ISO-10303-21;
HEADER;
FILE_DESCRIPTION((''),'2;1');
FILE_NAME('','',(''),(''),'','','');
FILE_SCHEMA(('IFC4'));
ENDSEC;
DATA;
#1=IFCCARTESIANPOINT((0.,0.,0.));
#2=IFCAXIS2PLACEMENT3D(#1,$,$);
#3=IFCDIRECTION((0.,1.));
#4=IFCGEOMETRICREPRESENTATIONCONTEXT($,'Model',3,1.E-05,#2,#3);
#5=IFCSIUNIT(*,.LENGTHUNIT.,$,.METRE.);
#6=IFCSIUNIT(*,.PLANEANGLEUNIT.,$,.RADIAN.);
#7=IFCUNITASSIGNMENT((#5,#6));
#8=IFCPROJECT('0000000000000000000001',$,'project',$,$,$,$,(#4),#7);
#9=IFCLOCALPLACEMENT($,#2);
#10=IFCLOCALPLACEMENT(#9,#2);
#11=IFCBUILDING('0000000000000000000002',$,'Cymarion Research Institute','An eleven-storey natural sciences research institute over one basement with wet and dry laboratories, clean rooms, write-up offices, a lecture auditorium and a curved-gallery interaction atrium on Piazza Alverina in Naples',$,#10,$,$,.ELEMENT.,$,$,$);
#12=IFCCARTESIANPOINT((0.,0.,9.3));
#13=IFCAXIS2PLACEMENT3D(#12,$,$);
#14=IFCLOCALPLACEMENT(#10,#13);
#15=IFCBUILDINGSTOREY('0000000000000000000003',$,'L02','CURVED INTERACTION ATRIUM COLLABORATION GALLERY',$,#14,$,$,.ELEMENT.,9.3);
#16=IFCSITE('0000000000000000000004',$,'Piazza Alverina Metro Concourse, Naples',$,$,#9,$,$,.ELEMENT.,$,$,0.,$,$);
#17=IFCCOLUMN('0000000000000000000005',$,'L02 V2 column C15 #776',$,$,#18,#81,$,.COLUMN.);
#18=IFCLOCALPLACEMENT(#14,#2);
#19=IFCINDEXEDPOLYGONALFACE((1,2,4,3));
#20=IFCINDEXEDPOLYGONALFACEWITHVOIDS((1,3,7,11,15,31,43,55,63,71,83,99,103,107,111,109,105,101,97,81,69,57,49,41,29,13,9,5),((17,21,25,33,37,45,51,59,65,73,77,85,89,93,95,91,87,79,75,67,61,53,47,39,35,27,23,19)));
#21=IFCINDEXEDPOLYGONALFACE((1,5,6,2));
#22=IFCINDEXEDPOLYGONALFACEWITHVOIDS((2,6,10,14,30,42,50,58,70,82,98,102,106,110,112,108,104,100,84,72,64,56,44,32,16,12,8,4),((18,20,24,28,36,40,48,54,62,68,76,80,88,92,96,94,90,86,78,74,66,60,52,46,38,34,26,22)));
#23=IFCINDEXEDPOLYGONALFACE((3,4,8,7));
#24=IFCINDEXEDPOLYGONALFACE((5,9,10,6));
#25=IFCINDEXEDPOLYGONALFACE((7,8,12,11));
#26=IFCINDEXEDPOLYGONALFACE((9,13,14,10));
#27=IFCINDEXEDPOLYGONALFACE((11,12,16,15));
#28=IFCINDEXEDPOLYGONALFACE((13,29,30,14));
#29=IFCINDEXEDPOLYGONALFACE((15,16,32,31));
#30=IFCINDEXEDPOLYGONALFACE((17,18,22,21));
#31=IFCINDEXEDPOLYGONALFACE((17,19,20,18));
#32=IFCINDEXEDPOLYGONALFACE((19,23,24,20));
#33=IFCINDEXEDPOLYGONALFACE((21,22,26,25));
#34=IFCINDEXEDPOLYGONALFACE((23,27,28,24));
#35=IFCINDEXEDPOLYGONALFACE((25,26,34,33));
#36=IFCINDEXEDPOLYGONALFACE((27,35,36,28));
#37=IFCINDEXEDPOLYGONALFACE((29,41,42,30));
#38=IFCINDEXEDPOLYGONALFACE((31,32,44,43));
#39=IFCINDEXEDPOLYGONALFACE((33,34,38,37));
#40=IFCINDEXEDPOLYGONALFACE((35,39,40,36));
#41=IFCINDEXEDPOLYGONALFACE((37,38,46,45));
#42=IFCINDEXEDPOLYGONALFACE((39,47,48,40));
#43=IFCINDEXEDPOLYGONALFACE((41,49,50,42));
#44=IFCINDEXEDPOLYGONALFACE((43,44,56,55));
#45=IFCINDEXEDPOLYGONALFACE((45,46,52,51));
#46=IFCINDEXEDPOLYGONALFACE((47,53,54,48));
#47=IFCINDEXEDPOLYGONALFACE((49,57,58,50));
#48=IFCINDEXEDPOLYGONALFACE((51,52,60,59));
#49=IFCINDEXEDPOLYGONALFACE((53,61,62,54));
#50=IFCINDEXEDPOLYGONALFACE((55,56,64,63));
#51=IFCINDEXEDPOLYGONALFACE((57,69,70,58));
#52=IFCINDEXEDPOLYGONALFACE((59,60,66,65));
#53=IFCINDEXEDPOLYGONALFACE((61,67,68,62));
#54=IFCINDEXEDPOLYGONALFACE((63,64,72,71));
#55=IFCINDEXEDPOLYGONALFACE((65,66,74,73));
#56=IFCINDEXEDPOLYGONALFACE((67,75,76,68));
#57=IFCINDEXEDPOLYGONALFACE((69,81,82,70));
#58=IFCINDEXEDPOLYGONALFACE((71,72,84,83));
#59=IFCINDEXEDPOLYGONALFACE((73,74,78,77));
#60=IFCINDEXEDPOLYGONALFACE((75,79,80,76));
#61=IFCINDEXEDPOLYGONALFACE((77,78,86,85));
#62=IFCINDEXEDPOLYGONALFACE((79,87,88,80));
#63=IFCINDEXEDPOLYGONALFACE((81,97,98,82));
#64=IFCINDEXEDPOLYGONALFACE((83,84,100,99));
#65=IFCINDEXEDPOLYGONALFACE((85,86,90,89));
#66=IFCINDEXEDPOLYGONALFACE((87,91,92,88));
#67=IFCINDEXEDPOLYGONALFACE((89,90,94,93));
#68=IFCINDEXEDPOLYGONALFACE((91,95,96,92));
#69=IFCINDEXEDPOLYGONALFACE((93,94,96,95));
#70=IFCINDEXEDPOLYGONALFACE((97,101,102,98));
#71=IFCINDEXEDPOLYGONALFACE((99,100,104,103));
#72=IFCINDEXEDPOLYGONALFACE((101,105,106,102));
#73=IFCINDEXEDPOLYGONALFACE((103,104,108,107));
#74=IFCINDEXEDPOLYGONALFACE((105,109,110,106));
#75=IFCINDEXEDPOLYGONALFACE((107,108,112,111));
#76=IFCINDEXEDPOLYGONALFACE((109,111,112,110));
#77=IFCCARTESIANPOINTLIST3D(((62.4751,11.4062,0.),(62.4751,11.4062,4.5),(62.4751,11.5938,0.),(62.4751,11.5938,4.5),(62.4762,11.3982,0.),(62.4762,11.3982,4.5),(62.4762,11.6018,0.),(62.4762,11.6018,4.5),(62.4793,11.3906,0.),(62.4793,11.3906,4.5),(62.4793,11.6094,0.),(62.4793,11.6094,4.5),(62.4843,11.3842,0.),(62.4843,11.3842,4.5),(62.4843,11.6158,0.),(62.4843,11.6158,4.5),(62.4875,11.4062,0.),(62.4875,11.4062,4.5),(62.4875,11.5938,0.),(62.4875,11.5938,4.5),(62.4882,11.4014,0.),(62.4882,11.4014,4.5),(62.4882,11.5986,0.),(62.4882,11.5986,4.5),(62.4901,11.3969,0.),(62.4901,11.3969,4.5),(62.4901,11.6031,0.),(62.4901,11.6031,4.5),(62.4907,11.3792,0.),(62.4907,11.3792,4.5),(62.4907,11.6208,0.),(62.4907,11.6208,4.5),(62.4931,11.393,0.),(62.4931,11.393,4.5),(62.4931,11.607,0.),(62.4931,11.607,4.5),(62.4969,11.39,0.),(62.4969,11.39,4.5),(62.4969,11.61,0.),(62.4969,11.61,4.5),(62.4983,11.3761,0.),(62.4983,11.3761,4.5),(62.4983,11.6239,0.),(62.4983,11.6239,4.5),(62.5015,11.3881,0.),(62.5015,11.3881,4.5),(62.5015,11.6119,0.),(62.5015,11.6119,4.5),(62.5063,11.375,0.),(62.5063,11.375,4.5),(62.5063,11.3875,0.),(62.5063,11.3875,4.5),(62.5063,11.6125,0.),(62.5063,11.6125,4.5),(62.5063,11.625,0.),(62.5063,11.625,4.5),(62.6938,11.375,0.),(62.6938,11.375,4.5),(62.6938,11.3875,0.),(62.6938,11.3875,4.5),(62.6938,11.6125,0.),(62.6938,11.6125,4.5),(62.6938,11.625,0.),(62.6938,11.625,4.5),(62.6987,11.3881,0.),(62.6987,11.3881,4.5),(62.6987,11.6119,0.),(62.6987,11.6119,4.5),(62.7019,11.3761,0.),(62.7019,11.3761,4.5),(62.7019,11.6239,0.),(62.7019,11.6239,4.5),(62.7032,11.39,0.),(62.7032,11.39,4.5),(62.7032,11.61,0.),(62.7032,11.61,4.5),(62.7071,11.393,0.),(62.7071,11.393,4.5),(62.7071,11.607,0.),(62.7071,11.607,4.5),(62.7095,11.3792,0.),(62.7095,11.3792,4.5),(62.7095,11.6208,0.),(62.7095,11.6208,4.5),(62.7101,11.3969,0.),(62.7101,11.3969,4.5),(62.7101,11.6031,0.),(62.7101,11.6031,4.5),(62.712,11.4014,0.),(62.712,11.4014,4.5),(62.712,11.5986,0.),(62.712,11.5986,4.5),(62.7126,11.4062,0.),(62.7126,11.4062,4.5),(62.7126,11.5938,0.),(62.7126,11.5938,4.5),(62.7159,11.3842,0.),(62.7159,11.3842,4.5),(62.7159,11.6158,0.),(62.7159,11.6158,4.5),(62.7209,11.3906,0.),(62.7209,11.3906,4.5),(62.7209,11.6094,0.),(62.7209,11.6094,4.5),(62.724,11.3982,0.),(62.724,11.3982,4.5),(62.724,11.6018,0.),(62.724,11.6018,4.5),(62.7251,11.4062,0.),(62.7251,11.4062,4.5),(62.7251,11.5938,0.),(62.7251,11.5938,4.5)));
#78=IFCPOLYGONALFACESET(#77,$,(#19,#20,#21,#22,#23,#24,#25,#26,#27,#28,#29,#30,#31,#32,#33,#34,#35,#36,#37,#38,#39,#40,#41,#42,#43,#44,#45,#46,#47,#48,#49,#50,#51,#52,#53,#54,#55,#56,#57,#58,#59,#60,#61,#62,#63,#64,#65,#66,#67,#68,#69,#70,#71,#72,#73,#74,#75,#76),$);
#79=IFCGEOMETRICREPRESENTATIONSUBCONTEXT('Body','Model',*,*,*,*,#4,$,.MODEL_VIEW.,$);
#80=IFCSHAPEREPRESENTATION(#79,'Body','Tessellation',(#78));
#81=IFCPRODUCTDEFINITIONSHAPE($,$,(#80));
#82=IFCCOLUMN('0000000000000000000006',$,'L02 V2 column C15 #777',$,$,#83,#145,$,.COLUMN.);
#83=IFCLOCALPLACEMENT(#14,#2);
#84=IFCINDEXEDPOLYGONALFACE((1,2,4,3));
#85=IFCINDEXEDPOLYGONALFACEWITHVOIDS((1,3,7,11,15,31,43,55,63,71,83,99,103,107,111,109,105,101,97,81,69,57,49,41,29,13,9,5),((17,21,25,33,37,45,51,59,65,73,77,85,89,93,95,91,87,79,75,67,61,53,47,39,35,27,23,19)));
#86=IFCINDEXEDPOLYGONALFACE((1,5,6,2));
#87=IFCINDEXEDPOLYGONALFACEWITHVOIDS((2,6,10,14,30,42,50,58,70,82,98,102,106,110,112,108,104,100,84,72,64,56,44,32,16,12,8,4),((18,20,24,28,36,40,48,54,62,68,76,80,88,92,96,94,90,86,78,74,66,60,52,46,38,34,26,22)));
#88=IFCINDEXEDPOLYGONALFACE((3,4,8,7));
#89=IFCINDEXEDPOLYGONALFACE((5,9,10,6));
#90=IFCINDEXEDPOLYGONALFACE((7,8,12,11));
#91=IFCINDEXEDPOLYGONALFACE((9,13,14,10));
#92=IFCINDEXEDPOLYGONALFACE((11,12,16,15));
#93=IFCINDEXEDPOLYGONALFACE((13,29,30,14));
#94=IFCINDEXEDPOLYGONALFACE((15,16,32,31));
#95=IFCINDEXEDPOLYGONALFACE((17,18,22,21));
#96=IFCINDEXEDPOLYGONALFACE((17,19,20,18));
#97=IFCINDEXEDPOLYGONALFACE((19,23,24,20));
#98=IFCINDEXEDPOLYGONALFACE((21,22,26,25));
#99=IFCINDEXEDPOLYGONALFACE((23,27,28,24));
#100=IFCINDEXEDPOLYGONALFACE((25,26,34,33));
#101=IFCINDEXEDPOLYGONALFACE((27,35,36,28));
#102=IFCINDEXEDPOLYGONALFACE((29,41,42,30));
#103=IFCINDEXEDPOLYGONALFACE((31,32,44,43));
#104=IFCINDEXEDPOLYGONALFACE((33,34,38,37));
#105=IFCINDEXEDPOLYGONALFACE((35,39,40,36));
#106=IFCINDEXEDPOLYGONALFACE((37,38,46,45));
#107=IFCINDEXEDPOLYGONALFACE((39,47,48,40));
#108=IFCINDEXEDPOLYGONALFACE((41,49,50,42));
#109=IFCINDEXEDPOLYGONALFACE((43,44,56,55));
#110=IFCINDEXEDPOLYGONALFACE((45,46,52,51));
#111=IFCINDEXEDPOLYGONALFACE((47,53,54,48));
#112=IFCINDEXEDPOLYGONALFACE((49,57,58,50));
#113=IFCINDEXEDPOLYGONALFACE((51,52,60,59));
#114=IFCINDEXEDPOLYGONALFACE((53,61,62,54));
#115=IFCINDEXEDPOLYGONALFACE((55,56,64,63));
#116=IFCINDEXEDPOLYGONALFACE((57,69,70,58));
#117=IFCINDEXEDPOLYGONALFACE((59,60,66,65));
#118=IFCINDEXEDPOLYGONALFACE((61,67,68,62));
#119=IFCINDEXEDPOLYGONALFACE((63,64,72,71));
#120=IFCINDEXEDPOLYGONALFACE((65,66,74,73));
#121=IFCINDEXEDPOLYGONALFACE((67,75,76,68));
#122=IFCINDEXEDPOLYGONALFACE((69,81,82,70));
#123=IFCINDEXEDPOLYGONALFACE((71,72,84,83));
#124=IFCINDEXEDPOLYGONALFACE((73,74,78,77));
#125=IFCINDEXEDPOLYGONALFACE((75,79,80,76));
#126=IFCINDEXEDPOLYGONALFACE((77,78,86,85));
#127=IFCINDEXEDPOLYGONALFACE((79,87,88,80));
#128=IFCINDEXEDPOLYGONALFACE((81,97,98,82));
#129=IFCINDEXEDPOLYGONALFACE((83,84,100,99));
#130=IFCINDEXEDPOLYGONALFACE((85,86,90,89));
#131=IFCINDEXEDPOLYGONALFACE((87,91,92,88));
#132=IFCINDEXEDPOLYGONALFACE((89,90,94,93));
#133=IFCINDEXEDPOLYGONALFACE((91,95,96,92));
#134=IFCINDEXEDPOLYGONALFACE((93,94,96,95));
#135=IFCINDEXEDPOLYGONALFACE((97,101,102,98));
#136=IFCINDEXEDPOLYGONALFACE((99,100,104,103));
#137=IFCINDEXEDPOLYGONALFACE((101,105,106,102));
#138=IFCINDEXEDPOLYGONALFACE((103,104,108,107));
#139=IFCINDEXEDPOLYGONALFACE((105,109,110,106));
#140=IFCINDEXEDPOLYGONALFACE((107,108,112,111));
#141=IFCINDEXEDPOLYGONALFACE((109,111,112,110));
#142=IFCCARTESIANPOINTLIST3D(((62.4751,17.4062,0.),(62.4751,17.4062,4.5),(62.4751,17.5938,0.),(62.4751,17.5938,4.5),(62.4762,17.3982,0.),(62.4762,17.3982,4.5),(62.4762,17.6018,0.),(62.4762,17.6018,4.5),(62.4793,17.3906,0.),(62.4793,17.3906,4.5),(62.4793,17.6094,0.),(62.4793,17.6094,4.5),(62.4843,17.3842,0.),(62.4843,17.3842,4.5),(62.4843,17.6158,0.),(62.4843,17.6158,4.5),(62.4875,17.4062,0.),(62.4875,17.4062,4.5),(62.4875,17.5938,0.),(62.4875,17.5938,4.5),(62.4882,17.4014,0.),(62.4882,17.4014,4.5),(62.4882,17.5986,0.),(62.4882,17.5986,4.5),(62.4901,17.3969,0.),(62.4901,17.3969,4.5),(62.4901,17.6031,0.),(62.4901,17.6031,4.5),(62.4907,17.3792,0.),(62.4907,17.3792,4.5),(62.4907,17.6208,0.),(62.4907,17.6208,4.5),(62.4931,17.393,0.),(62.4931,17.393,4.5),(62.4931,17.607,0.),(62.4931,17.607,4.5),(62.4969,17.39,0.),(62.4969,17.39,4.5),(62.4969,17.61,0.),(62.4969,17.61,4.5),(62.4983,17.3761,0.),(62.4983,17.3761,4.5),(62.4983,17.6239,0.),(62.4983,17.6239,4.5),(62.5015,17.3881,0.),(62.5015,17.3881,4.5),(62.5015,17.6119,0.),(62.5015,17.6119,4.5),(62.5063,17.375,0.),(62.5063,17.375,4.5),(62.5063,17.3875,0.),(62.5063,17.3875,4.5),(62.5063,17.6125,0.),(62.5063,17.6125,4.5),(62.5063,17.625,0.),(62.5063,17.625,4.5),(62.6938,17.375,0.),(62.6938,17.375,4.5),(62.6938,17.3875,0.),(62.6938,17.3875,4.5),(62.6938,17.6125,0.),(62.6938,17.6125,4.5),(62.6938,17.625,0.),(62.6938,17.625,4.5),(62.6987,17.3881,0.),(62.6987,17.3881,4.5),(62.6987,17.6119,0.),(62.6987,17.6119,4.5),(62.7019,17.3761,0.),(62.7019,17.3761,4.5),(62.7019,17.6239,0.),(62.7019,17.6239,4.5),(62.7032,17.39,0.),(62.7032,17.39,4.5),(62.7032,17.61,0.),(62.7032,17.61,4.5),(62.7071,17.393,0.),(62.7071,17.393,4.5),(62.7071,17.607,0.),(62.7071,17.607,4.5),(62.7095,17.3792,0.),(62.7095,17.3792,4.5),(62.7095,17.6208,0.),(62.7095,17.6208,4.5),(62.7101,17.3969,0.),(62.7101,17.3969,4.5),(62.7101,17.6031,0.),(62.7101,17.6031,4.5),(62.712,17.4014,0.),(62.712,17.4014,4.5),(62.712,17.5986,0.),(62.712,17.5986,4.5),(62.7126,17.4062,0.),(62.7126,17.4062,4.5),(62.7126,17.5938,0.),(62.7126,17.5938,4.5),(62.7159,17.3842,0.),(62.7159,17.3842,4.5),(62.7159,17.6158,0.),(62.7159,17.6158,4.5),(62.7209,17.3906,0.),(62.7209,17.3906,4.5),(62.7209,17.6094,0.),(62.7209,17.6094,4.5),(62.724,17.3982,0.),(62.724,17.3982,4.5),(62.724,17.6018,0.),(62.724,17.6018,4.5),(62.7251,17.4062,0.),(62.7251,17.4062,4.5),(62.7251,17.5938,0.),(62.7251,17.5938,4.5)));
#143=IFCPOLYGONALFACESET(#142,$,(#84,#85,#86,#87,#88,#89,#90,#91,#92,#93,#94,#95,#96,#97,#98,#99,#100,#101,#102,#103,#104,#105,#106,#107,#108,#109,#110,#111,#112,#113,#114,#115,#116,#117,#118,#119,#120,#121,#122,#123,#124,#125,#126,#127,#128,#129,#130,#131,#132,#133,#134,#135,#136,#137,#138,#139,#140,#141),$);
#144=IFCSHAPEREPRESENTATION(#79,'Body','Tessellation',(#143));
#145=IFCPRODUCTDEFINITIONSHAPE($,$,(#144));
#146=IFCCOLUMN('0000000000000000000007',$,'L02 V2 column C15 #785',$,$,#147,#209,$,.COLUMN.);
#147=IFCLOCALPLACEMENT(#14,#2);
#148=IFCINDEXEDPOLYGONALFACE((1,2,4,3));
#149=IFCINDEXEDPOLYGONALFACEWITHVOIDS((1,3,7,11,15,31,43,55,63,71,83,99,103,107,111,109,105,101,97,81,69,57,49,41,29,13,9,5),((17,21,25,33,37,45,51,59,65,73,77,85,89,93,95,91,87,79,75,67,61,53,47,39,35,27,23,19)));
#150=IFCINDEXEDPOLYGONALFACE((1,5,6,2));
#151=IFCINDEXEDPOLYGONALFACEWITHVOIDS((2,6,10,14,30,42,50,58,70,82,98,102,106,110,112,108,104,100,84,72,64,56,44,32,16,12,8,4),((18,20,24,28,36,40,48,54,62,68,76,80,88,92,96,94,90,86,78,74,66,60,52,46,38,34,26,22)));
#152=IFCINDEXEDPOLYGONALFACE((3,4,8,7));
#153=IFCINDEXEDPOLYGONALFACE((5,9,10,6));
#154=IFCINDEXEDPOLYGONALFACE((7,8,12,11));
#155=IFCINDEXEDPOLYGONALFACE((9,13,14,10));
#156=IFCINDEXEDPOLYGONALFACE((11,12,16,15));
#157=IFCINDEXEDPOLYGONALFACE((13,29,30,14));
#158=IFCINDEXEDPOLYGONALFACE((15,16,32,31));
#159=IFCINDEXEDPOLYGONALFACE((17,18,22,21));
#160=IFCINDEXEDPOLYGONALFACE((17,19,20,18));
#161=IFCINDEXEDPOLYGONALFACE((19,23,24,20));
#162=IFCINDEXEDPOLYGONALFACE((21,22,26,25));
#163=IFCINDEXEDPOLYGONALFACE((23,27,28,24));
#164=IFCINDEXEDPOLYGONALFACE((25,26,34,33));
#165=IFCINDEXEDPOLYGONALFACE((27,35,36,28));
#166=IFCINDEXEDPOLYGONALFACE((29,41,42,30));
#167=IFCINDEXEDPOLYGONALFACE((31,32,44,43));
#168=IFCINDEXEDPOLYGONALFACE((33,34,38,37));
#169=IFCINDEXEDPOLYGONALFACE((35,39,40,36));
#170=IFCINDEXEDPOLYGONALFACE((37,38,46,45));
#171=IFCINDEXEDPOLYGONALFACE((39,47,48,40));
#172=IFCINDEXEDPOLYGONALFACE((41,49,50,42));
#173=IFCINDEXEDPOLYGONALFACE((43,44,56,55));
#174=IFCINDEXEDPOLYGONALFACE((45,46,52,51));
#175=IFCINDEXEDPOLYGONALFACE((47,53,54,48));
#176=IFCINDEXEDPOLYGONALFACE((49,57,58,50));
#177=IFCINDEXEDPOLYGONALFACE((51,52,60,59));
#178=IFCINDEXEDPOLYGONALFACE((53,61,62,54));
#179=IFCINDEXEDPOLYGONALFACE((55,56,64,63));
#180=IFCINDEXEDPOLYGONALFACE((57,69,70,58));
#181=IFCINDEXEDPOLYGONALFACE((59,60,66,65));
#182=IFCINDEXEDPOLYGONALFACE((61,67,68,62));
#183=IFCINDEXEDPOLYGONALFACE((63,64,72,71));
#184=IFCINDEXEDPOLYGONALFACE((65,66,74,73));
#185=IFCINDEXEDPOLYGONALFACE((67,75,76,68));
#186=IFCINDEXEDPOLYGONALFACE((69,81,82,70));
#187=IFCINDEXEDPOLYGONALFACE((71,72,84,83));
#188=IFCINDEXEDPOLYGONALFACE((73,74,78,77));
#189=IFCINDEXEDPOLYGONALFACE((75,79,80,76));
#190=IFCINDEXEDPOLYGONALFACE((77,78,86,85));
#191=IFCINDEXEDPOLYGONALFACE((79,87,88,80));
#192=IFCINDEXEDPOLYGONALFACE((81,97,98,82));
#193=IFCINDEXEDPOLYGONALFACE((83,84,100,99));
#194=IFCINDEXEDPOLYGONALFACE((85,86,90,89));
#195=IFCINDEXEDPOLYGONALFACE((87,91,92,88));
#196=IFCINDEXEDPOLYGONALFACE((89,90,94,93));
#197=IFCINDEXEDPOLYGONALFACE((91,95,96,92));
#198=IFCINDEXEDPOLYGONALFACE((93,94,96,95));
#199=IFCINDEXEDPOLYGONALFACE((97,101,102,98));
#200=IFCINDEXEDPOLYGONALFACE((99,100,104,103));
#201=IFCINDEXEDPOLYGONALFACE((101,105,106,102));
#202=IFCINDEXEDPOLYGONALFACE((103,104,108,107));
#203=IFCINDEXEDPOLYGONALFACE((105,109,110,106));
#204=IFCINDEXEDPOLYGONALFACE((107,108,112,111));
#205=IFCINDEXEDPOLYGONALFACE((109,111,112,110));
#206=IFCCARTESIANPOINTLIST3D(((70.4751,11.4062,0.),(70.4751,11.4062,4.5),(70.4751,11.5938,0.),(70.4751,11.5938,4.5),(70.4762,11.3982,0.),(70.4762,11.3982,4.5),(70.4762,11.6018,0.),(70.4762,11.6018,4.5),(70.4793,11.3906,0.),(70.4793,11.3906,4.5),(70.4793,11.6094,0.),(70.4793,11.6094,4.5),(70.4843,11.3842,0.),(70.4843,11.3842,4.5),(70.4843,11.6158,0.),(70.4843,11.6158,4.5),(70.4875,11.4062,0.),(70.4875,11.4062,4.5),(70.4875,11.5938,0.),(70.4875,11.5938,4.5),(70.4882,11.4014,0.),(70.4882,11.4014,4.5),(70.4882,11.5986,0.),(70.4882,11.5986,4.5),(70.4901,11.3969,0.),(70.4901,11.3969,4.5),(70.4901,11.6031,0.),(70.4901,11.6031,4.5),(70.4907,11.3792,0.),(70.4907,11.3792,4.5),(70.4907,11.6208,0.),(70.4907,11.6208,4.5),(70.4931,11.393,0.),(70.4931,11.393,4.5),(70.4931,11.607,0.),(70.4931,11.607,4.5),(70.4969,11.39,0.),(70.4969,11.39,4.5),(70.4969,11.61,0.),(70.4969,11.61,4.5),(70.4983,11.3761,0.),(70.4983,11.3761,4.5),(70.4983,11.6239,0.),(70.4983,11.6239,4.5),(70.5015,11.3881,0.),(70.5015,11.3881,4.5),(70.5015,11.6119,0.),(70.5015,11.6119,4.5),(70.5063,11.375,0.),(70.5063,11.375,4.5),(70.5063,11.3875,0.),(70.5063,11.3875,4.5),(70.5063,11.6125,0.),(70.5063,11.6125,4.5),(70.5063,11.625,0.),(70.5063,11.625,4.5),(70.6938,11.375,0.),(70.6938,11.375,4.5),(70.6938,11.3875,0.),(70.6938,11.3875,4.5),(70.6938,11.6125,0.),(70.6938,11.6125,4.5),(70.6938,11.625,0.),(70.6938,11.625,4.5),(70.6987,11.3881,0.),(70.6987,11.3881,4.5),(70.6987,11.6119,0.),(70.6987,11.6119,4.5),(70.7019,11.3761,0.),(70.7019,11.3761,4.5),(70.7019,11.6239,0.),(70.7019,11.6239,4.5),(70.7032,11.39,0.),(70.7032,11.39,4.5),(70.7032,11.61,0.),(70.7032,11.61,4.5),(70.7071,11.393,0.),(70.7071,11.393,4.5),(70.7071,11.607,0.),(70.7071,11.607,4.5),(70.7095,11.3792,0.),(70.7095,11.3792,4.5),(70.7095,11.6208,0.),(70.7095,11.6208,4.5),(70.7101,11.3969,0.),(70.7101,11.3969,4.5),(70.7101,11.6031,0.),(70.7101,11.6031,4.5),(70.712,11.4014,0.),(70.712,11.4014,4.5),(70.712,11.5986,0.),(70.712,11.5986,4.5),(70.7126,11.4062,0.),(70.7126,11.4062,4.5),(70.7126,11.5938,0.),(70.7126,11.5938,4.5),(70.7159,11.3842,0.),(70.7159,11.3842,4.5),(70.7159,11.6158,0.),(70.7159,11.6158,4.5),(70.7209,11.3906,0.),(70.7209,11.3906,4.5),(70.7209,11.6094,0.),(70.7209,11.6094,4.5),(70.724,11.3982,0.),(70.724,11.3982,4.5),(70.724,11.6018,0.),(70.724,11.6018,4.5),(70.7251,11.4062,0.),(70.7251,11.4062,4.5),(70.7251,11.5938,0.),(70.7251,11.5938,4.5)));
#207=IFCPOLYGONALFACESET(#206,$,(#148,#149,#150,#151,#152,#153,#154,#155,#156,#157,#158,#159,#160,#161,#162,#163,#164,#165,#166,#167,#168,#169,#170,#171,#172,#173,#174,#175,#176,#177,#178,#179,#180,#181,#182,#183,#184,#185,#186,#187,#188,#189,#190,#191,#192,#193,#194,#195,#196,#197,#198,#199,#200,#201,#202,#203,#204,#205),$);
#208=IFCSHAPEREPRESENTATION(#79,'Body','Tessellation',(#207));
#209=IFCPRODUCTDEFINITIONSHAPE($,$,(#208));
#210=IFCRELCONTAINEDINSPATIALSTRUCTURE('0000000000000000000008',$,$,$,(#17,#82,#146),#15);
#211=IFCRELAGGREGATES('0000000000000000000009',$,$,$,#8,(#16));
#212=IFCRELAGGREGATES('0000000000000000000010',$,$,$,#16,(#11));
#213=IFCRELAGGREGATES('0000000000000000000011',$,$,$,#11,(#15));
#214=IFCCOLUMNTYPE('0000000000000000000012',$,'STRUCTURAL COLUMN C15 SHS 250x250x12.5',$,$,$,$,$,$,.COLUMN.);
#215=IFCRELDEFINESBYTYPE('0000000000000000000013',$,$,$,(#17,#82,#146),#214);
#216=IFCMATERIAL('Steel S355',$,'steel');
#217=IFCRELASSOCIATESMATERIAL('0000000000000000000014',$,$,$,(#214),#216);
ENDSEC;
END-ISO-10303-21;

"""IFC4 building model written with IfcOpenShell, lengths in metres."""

from ifc_helpers import new_model, si_unit, direction, frame, origin, origin_2d, place, context, subcontext, project, spatial, hollow_rectangle, extrude, material, material_profile, profile_set, type_object, element, save


model = new_model("IFC4")

# Units and contexts
model_context = context("Model", 3, precision=1e-05, world=origin(), true_north=direction((0.0, 1.0)))
body_context = subcontext(model_context, "Body", "Model", "MODEL_VIEW")
ifc_project = project(units=[si_unit("LENGTHUNIT", "METRE"), si_unit("PLANEANGLEUNIT", "RADIAN")], contexts=[model_context])

# Site, building, storey
site_placement = place(None, origin())
site = spatial("IfcSite", under=ifc_project, at=site_placement, Name="Piazza Alverina Metro Concourse, Naples", CompositionType="ELEMENT", RefElevation=0.0)
building_placement = place(site_placement, origin())
building = spatial("IfcBuilding", under=site, at=building_placement, Name="Cymarion Research Institute", Description="An eleven-storey natural sciences research institute over one basement with wet and dry laboratories, clean rooms, write-up offices, a lecture auditorium and a curved-gallery interaction atrium on Piazza Alverina in Naples", CompositionType="ELEMENT")
storey_placement = place(building_placement, frame((0.0, 0.0, 9.3)))
storey = spatial("IfcBuildingStorey", under=building, at=storey_placement, Name="L02", Description="CURVED INTERACTION ATRIUM COLLABORATION GALLERY", CompositionType="ELEMENT", Elevation=9.3)

# Columns
ifc_material_1 = material(Name="Steel S355", Category="steel")
ifc_material_profile_1 = material_profile(ifc_material_1, hollow_rectangle(XDim=0.25, YDim=0.25, WallThickness=0.0125, InnerFilletRadius=0.0188, OuterFilletRadius=0.0312, at=origin_2d()), Name="SHS 250x250x12.5")
ifc_profile_set_1 = profile_set([ifc_material_profile_1], Name="Steel S355")
column_type_1 = type_object("IfcColumnType", Name="STRUCTURAL COLUMN C15 SHS 250x250x12.5", PredefinedType="COLUMN", material=ifc_profile_set_1)
for number, where, z_axis, x_axis, name in (
    (1, (62.6001, 11.5, 0.0), (0.0, 0.0, 1.0), (1.0, 0.0, 0.0), "L02 V2 column C15 #776"),
    (2, (62.6001, 17.5, 0.0), (0.0, 0.0, 1.0), (1.0, 0.0, 0.0), "L02 V2 column C15 #777"),
    (3, (70.6001, 11.5, 0.0), (0.0, 0.0, 1.0), (1.0, 0.0, 0.0), "L02 V2 column C15 #785"),
):
    element("IfcColumn", number, at=place(storey_placement, frame(where, z_axis=z_axis, x_axis=x_axis)), inside=storey, type_object=column_type_1, Name=name, PredefinedType="COLUMN", context=body_context, shape_type="SweptSolid", body=[
        extrude(hollow_rectangle(XDim=0.25, YDim=0.25, WallThickness=0.0125, InnerFilletRadius=0.0188, OuterFilletRadius=0.0312, at=origin_2d()), origin(), (0.0, 0.0, 1.0), 4.5),
    ])

save(model, "model.ifc")
